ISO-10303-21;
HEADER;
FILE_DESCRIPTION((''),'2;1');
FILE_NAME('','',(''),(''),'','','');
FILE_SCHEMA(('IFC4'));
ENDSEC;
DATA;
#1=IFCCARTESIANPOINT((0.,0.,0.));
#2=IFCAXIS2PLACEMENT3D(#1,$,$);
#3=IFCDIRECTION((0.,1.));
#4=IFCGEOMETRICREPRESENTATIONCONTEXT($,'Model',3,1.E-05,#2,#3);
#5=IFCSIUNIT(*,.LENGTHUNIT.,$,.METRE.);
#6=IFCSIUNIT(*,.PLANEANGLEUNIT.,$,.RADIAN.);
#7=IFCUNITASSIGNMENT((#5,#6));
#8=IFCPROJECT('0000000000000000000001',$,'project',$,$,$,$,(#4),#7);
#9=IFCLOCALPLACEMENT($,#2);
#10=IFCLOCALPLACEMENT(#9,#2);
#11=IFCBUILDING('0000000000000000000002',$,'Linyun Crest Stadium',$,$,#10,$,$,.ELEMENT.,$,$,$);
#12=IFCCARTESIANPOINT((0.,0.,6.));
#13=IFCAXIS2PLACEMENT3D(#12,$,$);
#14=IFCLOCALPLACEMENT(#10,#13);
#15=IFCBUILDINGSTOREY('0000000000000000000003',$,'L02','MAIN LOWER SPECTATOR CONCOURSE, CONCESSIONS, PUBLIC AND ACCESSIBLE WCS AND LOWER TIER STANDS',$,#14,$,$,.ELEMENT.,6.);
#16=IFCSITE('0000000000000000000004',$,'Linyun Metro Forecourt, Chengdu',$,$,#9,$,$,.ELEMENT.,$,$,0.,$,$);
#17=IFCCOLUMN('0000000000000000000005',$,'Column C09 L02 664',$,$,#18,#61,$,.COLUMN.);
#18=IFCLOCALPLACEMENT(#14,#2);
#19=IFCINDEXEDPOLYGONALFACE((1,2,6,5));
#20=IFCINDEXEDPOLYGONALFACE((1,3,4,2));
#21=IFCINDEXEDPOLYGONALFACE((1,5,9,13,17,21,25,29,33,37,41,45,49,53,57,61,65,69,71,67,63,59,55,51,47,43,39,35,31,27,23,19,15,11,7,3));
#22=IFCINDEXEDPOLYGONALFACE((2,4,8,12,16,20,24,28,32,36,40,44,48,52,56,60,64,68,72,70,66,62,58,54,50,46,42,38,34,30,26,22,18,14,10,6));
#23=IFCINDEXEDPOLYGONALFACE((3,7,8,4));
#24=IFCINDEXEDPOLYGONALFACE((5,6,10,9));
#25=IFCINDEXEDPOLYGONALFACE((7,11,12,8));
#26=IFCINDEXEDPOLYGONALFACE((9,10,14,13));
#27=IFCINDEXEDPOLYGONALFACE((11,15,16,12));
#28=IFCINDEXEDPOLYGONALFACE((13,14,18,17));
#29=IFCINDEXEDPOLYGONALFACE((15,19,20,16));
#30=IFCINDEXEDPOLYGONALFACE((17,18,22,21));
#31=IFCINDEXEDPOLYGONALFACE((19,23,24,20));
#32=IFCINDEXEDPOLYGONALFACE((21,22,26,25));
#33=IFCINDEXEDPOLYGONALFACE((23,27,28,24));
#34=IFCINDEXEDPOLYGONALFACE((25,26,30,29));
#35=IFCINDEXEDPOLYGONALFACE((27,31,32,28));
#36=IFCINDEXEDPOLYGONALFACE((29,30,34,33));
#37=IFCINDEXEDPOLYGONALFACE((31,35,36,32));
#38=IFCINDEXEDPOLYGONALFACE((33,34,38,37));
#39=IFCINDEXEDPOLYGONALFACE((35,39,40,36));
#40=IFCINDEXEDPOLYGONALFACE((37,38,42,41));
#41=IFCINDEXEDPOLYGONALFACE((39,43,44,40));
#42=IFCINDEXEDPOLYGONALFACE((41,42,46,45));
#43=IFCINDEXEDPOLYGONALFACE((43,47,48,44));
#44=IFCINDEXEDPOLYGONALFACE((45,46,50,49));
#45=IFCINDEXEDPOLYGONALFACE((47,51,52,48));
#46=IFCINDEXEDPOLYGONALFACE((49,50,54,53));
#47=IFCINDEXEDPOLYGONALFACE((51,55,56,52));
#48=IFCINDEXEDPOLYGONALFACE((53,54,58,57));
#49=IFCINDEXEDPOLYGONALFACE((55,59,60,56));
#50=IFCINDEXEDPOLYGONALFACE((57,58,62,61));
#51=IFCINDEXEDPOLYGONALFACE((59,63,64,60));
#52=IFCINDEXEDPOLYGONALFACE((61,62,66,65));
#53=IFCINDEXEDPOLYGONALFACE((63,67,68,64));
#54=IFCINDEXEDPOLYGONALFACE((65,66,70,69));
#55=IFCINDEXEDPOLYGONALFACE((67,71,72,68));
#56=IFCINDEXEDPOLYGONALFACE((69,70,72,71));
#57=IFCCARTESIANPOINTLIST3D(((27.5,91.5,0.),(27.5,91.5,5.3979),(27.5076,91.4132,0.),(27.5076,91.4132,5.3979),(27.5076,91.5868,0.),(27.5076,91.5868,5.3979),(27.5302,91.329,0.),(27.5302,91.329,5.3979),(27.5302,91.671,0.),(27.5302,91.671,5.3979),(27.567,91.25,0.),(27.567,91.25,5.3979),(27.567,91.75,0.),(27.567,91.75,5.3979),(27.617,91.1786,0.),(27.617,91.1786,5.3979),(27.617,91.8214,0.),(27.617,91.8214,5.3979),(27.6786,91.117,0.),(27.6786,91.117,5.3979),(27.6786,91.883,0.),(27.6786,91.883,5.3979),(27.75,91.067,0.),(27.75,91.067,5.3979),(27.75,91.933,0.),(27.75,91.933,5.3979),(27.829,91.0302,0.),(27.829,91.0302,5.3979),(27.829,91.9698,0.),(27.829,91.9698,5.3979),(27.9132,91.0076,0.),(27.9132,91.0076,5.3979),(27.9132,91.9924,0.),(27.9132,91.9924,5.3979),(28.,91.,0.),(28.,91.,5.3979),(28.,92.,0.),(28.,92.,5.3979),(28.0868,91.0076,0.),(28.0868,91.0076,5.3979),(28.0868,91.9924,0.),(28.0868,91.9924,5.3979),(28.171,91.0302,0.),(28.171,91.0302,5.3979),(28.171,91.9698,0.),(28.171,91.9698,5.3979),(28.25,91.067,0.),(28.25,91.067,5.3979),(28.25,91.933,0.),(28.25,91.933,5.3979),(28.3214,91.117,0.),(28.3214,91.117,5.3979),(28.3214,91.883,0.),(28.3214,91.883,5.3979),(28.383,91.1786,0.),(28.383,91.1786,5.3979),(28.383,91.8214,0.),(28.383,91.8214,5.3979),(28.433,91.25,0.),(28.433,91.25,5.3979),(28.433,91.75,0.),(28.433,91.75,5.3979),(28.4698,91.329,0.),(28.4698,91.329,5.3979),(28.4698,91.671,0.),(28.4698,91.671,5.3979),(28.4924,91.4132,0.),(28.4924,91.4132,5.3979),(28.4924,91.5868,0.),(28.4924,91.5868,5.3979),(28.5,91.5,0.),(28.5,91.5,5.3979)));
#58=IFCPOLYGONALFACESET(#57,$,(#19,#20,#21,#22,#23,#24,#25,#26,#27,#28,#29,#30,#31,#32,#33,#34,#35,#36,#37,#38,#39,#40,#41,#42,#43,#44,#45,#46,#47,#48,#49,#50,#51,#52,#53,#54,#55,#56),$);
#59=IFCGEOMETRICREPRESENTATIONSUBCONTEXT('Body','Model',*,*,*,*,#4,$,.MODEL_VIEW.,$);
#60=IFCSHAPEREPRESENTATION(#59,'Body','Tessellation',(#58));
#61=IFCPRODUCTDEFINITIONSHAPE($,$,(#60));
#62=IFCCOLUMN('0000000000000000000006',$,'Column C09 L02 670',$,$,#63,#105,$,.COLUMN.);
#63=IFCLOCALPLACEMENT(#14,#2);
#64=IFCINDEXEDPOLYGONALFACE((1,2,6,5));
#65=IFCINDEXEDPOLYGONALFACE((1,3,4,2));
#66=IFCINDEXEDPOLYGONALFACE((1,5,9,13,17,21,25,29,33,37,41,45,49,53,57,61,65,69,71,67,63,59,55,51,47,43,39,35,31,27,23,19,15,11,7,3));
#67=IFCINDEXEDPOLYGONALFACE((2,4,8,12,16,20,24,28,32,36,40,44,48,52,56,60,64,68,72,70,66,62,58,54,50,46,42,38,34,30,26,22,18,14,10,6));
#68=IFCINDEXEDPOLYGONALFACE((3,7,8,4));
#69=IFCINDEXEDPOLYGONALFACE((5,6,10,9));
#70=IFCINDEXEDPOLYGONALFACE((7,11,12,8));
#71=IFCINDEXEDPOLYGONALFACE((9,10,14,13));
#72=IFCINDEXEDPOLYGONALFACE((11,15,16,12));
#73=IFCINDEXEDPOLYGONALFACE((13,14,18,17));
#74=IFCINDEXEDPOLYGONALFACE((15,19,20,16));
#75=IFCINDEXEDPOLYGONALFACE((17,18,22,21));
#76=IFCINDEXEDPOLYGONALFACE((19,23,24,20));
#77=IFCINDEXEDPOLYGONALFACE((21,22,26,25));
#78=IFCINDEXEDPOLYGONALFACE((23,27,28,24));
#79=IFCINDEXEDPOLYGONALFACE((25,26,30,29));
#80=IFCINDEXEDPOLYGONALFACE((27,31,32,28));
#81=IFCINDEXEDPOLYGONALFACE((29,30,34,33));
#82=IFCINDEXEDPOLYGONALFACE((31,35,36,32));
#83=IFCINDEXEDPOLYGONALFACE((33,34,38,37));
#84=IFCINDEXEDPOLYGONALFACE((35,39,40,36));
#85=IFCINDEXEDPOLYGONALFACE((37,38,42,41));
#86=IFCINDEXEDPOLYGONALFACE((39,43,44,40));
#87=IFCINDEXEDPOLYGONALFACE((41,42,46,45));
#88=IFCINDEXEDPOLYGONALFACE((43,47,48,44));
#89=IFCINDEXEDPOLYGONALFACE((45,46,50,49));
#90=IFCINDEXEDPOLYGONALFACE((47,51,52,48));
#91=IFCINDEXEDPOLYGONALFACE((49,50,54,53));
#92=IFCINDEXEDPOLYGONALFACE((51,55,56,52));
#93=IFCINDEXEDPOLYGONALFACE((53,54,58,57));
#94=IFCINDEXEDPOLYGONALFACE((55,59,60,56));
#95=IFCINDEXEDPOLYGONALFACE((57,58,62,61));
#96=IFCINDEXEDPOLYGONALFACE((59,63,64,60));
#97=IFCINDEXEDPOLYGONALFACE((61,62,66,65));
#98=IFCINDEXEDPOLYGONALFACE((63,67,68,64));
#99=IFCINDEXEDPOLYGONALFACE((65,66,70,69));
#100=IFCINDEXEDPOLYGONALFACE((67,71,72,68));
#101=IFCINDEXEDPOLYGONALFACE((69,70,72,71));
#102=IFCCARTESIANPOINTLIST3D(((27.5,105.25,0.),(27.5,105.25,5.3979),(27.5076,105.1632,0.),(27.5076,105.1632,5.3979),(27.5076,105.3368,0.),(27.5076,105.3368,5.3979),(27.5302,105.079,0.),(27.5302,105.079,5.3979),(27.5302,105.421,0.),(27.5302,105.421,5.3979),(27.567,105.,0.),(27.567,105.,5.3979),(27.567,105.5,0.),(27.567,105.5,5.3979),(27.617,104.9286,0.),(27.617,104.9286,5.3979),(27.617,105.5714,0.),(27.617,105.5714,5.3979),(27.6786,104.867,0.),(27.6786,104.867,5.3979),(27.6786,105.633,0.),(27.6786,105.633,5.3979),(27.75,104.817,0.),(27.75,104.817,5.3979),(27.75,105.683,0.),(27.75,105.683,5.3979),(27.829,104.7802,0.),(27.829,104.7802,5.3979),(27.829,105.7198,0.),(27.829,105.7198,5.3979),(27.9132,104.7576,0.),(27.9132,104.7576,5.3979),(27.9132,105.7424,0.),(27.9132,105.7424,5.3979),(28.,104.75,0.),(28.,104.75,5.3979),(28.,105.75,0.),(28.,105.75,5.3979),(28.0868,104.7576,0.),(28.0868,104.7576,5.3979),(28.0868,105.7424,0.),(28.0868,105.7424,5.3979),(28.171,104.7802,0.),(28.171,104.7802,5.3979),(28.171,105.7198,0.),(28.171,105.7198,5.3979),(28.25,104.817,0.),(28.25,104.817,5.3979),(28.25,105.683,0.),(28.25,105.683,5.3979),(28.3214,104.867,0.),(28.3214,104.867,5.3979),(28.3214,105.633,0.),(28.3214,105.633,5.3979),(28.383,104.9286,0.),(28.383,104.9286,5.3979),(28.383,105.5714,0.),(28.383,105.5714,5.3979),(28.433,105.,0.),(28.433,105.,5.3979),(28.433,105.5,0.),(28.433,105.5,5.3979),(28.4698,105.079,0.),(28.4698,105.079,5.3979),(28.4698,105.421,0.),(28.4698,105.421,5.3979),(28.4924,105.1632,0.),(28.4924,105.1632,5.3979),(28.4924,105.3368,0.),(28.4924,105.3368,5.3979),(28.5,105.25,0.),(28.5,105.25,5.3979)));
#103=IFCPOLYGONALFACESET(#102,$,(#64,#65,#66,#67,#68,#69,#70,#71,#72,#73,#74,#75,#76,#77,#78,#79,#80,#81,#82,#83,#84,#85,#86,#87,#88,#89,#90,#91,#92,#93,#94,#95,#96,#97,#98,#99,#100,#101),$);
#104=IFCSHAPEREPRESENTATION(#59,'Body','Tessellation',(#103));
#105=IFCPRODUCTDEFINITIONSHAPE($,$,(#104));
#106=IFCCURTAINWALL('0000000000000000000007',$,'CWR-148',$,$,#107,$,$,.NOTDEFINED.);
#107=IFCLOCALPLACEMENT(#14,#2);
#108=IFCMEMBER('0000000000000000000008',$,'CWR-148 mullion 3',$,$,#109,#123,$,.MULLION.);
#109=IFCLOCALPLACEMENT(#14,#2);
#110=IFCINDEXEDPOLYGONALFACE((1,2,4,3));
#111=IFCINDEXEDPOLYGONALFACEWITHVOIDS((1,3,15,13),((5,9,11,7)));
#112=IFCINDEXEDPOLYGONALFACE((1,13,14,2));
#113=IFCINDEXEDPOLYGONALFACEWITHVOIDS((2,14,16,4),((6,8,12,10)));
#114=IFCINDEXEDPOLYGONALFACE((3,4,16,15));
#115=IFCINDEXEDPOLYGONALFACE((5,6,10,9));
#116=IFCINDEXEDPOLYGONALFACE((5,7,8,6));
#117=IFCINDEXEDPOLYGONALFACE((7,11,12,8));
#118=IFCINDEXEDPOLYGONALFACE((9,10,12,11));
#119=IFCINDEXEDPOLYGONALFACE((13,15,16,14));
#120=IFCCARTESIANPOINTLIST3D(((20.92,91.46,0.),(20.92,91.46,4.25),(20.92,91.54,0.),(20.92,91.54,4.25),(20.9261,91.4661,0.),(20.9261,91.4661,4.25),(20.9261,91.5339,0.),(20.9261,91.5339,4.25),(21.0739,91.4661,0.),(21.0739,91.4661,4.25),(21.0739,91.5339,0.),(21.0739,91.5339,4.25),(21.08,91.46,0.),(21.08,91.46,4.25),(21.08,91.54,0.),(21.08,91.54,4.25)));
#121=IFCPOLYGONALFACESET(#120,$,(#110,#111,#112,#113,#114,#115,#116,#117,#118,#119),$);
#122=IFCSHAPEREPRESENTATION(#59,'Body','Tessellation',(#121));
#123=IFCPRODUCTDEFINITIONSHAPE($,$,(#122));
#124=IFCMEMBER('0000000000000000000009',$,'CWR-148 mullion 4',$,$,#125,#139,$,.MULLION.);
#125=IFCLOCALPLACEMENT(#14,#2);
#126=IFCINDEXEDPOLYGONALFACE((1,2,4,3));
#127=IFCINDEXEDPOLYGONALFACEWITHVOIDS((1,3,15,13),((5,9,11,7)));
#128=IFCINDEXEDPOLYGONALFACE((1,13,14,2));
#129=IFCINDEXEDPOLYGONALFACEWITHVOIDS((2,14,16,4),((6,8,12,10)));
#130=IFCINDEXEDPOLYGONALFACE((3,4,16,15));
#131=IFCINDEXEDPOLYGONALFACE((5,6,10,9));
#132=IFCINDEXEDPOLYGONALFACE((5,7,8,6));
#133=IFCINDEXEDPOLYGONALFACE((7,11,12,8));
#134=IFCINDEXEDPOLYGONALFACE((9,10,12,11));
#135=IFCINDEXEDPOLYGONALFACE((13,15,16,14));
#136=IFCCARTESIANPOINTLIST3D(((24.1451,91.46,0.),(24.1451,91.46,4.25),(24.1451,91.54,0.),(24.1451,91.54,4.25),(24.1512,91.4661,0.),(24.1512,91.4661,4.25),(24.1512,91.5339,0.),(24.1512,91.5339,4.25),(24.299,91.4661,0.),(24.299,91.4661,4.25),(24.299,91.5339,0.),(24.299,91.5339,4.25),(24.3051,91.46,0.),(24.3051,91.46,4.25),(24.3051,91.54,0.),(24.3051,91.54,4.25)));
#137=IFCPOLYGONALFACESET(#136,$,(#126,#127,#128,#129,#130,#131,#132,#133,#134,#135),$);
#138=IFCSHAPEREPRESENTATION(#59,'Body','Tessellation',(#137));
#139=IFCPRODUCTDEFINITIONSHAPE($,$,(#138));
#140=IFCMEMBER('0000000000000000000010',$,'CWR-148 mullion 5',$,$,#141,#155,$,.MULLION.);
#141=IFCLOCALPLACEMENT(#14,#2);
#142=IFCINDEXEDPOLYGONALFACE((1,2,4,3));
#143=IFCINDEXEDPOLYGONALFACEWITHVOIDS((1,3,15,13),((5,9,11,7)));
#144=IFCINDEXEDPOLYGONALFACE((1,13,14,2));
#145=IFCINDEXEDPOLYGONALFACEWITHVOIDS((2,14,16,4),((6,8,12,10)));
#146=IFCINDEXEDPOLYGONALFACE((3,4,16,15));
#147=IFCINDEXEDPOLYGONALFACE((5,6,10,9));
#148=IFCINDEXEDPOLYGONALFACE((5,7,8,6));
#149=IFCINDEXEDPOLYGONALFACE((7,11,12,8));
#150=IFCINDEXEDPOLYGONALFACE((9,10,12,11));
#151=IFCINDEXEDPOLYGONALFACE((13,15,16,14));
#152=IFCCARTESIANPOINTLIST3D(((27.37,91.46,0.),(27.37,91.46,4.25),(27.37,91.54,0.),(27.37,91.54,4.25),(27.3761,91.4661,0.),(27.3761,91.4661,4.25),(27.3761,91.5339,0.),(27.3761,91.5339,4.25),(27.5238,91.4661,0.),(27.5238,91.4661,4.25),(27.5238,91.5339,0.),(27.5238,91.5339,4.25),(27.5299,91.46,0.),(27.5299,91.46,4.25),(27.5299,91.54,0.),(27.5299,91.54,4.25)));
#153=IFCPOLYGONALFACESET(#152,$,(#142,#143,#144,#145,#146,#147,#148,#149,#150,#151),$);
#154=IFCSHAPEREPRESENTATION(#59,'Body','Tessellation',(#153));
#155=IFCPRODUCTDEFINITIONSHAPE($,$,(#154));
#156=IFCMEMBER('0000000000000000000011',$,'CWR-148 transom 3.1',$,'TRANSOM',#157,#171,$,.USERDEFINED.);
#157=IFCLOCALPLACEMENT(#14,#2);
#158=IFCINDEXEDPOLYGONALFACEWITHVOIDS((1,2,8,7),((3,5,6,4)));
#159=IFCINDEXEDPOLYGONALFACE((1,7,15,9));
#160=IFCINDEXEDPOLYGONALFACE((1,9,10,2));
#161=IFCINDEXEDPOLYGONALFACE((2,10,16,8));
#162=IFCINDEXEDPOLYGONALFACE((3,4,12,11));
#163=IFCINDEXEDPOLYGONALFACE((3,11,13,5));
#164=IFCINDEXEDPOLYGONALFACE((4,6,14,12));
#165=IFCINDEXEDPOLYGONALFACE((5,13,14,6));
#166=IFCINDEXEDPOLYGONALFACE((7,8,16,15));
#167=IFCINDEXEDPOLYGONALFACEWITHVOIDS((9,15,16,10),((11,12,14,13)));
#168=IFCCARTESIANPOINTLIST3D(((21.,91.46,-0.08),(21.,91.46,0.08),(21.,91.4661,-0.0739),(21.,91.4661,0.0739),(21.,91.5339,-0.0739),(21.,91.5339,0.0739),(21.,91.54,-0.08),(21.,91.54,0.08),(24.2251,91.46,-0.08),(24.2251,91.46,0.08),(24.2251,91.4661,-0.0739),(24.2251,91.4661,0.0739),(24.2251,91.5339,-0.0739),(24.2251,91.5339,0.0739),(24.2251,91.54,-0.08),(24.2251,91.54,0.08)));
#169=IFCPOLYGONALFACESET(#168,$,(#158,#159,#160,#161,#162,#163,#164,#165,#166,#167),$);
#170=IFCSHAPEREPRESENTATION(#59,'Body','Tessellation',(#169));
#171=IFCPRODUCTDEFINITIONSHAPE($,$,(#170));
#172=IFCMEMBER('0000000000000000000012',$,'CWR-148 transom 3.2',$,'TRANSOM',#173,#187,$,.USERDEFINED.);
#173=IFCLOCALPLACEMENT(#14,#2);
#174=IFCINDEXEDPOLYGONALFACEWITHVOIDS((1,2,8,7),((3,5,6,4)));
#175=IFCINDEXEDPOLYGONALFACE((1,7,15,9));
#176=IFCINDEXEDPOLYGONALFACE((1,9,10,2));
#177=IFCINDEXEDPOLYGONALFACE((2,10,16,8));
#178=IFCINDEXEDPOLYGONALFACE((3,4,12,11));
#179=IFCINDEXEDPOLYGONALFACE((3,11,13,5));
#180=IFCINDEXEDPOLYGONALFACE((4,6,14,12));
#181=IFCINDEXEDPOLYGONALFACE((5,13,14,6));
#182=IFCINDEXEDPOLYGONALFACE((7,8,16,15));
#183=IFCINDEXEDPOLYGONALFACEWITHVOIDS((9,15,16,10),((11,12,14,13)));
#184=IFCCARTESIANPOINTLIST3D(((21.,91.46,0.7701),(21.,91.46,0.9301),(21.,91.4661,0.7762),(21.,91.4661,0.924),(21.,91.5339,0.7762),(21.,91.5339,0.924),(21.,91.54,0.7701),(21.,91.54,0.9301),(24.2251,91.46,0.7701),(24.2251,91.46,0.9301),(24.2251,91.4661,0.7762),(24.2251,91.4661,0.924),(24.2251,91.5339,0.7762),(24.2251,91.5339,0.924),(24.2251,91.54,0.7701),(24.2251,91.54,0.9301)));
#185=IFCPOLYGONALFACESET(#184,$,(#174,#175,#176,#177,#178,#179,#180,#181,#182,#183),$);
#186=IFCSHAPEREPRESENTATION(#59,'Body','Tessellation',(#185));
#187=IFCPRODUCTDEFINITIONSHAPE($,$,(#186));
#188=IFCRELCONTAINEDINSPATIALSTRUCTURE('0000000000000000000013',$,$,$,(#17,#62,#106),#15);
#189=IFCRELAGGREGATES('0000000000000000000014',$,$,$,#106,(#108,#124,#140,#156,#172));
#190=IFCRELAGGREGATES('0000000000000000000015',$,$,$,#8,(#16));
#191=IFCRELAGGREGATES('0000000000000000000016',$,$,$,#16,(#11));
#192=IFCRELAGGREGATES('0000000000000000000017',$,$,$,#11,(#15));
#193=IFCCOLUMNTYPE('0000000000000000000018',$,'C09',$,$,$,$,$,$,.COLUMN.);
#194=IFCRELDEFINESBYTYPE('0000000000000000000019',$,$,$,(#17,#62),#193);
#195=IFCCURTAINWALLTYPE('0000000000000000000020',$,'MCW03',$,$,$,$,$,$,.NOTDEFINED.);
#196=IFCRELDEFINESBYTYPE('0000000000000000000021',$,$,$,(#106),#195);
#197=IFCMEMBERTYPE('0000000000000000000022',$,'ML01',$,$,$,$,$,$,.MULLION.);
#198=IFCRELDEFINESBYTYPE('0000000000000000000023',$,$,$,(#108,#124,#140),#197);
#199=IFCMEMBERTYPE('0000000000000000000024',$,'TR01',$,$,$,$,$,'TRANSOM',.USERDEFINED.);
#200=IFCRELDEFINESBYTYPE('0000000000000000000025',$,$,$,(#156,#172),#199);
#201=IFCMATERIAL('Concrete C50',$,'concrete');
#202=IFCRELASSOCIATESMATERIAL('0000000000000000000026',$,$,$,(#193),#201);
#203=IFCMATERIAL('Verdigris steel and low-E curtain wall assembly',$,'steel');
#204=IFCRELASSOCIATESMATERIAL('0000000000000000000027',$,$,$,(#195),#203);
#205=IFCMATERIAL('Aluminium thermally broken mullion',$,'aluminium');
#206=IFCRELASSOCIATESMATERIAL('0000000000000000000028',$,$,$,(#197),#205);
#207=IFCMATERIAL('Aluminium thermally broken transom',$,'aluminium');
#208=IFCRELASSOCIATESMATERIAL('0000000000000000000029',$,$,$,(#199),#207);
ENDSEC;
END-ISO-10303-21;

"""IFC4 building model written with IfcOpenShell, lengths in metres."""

from ifc_helpers import new_model, si_unit, direction, frame, origin, origin_2d, place, context, subcontext, project, spatial, hollow_rectangle, circle, extrude, material, material_profile, profile_set, type_object, element, aggregate, save


model = new_model("IFC4")

# Units and contexts
model_context = context("Model", 3, precision=1e-05, world=origin(), true_north=direction((0.0, 1.0)))
body_context = subcontext(model_context, "Body", "Model", "MODEL_VIEW")
ifc_project = project(units=[si_unit("LENGTHUNIT", "METRE"), si_unit("PLANEANGLEUNIT", "RADIAN")], contexts=[model_context])

# Site, building, storey
site_placement = place(None, origin())
site = spatial("IfcSite", under=ifc_project, at=site_placement, Name="Linyun Metro Forecourt, Chengdu", CompositionType="ELEMENT", RefElevation=0.0)
building_placement = place(site_placement, origin())
building = spatial("IfcBuilding", under=site, at=building_placement, Name="Linyun Crest Stadium", CompositionType="ELEMENT")
storey_placement = place(building_placement, frame((0.0, 0.0, 6.0)))
storey = spatial("IfcBuildingStorey", under=building, at=storey_placement, Name="L02", Description="MAIN LOWER SPECTATOR CONCOURSE, CONCESSIONS, PUBLIC AND ACCESSIBLE WCS AND LOWER TIER STANDS", CompositionType="ELEMENT", Elevation=6.0)

# Columns
ifc_material_1 = material(Name="Concrete C50", Category="concrete")
ifc_material_profile_1 = material_profile(ifc_material_1, circle(Radius=0.5, at=origin_2d()), Name="RC D1000")
ifc_profile_set_1 = profile_set([ifc_material_profile_1], Name="Concrete C50")
column_type = type_object("IfcColumnType", Name="C09", PredefinedType="COLUMN", material=ifc_profile_set_1)
for number, where, z_axis, x_axis, name in (
    (1, (28.0, 91.5, 0.0), (0.0, 0.0, 1.0), (1.0, 0.0, 0.0), "Column C09 L02 664"),
    (2, (28.0, 105.25, 0.0), (0.0, 0.0, 1.0), (1.0, 0.0, 0.0), "Column C09 L02 670"),
):
    element("IfcColumn", number, at=place(storey_placement, frame(where, z_axis=z_axis, x_axis=x_axis)), inside=storey, type_object=column_type, Name=name, PredefinedType="COLUMN", context=body_context, shape_type="SweptSolid", body=[
        extrude(circle(Radius=0.5, at=origin_2d()), origin(), (0.0, 0.0, 1.0), 5.3979),
    ])

# Curtain wall, members
ifc_material_2 = material(Name="Verdigris steel and low-E curtain wall assembly", Category="steel")
curtain_wall_type = type_object("IfcCurtainWallType", Name="MCW03", PredefinedType="NOTDEFINED", material=ifc_material_2)
curtain_wall_placement = place(storey_placement, origin())
curtain_wall = element("IfcCurtainWall", 3, at=curtain_wall_placement, inside=storey, type_object=curtain_wall_type, Name="CWR-148", PredefinedType="NOTDEFINED")
ifc_material_3 = material(Name="Aluminium thermally broken mullion", Category="aluminium")
ifc_material_profile_2 = material_profile(ifc_material_3, hollow_rectangle(XDim=0.0801, YDim=0.1599, WallThickness=0.0061, at=origin_2d()), Name="RHS 160x80x6")
ifc_profile_set_2 = profile_set([ifc_material_profile_2], Name="Aluminium thermally broken mullion")
member_type_1 = type_object("IfcMemberType", Name="ML01", PredefinedType="MULLION", material=ifc_profile_set_2)
member_1_placement = place(storey_placement, frame((21.0, 91.5, 0.0), z_axis=(0.0, 0.0, 1.0), x_axis=(0.0, 1.0, 0.0)))
member_1 = element("IfcMember", 4, at=member_1_placement, type_object=member_type_1, Name="CWR-148 mullion 3", PredefinedType="MULLION", context=body_context, shape_type="SweptSolid", body=[
    extrude(hollow_rectangle(XDim=0.0801, YDim=0.1599, WallThickness=0.0061, at=origin_2d()), origin(), (0.0, 0.0, 1.0), 4.25),
])
member_2_placement = place(storey_placement, frame((24.2251, 91.5, 0.0), z_axis=(0.0, 0.0, 1.0), x_axis=(0.0, 1.0, 0.0)))
member_2 = element("IfcMember", 5, at=member_2_placement, type_object=member_type_1, Name="CWR-148 mullion 4", PredefinedType="MULLION", context=body_context, shape_type="SweptSolid", body=[
    extrude(hollow_rectangle(XDim=0.0801, YDim=0.1599, WallThickness=0.0061, at=origin_2d()), origin(), (0.0, 0.0, 1.0), 4.25),
])
member_3_placement = place(storey_placement, frame((27.45, 91.5, 0.0), z_axis=(0.0, 0.0, 1.0), x_axis=(0.0, 1.0, 0.0)))
member_3 = element("IfcMember", 6, at=member_3_placement, type_object=member_type_1, Name="CWR-148 mullion 5", PredefinedType="MULLION", context=body_context, shape_type="SweptSolid", body=[
    extrude(hollow_rectangle(XDim=0.0801, YDim=0.1599, WallThickness=0.0061, at=origin_2d()), origin(), (0.0, 0.0, 1.0), 4.25),
])
ifc_material_4 = material(Name="Aluminium thermally broken transom", Category="aluminium")
ifc_material_profile_3 = material_profile(ifc_material_4, hollow_rectangle(XDim=0.0801, YDim=0.1599, WallThickness=0.0061, at=origin_2d()), Name="RHS 160x80x6")
ifc_profile_set_3 = profile_set([ifc_material_profile_3], Name="Aluminium thermally broken transom")
member_type_2 = type_object("IfcMemberType", Name="TR01", ElementType="TRANSOM", PredefinedType="USERDEFINED", material=ifc_profile_set_3)
member_4_placement = place(storey_placement, frame((21.0, 91.5, 0.0), z_axis=(1.0, 0.0, 0.0), x_axis=(0.0, 1.0, 0.0)))
member_4 = element("IfcMember", 7, at=member_4_placement, type_object=member_type_2, Name="CWR-148 transom 3.1", ObjectType="TRANSOM", PredefinedType="USERDEFINED", context=body_context, shape_type="SweptSolid", body=[
    extrude(hollow_rectangle(XDim=0.0801, YDim=0.1599, WallThickness=0.0061, at=origin_2d()), origin(), (0.0, 0.0, 1.0), 3.2251),
])
member_5_placement = place(storey_placement, frame((21.0, 91.5, 0.8501), z_axis=(1.0, 0.0, 0.0), x_axis=(0.0, 1.0, 0.0)))
member_5 = element("IfcMember", 8, at=member_5_placement, type_object=member_type_2, Name="CWR-148 transom 3.2", ObjectType="TRANSOM", PredefinedType="USERDEFINED", context=body_context, shape_type="SweptSolid", body=[
    extrude(hollow_rectangle(XDim=0.0801, YDim=0.1599, WallThickness=0.0061, at=origin_2d()), origin(), (0.0, 0.0, 1.0), 3.2251),
])
aggregate(curtain_wall, [member_1, member_2, member_3, member_4, member_5])

save(model, "model.ifc")
